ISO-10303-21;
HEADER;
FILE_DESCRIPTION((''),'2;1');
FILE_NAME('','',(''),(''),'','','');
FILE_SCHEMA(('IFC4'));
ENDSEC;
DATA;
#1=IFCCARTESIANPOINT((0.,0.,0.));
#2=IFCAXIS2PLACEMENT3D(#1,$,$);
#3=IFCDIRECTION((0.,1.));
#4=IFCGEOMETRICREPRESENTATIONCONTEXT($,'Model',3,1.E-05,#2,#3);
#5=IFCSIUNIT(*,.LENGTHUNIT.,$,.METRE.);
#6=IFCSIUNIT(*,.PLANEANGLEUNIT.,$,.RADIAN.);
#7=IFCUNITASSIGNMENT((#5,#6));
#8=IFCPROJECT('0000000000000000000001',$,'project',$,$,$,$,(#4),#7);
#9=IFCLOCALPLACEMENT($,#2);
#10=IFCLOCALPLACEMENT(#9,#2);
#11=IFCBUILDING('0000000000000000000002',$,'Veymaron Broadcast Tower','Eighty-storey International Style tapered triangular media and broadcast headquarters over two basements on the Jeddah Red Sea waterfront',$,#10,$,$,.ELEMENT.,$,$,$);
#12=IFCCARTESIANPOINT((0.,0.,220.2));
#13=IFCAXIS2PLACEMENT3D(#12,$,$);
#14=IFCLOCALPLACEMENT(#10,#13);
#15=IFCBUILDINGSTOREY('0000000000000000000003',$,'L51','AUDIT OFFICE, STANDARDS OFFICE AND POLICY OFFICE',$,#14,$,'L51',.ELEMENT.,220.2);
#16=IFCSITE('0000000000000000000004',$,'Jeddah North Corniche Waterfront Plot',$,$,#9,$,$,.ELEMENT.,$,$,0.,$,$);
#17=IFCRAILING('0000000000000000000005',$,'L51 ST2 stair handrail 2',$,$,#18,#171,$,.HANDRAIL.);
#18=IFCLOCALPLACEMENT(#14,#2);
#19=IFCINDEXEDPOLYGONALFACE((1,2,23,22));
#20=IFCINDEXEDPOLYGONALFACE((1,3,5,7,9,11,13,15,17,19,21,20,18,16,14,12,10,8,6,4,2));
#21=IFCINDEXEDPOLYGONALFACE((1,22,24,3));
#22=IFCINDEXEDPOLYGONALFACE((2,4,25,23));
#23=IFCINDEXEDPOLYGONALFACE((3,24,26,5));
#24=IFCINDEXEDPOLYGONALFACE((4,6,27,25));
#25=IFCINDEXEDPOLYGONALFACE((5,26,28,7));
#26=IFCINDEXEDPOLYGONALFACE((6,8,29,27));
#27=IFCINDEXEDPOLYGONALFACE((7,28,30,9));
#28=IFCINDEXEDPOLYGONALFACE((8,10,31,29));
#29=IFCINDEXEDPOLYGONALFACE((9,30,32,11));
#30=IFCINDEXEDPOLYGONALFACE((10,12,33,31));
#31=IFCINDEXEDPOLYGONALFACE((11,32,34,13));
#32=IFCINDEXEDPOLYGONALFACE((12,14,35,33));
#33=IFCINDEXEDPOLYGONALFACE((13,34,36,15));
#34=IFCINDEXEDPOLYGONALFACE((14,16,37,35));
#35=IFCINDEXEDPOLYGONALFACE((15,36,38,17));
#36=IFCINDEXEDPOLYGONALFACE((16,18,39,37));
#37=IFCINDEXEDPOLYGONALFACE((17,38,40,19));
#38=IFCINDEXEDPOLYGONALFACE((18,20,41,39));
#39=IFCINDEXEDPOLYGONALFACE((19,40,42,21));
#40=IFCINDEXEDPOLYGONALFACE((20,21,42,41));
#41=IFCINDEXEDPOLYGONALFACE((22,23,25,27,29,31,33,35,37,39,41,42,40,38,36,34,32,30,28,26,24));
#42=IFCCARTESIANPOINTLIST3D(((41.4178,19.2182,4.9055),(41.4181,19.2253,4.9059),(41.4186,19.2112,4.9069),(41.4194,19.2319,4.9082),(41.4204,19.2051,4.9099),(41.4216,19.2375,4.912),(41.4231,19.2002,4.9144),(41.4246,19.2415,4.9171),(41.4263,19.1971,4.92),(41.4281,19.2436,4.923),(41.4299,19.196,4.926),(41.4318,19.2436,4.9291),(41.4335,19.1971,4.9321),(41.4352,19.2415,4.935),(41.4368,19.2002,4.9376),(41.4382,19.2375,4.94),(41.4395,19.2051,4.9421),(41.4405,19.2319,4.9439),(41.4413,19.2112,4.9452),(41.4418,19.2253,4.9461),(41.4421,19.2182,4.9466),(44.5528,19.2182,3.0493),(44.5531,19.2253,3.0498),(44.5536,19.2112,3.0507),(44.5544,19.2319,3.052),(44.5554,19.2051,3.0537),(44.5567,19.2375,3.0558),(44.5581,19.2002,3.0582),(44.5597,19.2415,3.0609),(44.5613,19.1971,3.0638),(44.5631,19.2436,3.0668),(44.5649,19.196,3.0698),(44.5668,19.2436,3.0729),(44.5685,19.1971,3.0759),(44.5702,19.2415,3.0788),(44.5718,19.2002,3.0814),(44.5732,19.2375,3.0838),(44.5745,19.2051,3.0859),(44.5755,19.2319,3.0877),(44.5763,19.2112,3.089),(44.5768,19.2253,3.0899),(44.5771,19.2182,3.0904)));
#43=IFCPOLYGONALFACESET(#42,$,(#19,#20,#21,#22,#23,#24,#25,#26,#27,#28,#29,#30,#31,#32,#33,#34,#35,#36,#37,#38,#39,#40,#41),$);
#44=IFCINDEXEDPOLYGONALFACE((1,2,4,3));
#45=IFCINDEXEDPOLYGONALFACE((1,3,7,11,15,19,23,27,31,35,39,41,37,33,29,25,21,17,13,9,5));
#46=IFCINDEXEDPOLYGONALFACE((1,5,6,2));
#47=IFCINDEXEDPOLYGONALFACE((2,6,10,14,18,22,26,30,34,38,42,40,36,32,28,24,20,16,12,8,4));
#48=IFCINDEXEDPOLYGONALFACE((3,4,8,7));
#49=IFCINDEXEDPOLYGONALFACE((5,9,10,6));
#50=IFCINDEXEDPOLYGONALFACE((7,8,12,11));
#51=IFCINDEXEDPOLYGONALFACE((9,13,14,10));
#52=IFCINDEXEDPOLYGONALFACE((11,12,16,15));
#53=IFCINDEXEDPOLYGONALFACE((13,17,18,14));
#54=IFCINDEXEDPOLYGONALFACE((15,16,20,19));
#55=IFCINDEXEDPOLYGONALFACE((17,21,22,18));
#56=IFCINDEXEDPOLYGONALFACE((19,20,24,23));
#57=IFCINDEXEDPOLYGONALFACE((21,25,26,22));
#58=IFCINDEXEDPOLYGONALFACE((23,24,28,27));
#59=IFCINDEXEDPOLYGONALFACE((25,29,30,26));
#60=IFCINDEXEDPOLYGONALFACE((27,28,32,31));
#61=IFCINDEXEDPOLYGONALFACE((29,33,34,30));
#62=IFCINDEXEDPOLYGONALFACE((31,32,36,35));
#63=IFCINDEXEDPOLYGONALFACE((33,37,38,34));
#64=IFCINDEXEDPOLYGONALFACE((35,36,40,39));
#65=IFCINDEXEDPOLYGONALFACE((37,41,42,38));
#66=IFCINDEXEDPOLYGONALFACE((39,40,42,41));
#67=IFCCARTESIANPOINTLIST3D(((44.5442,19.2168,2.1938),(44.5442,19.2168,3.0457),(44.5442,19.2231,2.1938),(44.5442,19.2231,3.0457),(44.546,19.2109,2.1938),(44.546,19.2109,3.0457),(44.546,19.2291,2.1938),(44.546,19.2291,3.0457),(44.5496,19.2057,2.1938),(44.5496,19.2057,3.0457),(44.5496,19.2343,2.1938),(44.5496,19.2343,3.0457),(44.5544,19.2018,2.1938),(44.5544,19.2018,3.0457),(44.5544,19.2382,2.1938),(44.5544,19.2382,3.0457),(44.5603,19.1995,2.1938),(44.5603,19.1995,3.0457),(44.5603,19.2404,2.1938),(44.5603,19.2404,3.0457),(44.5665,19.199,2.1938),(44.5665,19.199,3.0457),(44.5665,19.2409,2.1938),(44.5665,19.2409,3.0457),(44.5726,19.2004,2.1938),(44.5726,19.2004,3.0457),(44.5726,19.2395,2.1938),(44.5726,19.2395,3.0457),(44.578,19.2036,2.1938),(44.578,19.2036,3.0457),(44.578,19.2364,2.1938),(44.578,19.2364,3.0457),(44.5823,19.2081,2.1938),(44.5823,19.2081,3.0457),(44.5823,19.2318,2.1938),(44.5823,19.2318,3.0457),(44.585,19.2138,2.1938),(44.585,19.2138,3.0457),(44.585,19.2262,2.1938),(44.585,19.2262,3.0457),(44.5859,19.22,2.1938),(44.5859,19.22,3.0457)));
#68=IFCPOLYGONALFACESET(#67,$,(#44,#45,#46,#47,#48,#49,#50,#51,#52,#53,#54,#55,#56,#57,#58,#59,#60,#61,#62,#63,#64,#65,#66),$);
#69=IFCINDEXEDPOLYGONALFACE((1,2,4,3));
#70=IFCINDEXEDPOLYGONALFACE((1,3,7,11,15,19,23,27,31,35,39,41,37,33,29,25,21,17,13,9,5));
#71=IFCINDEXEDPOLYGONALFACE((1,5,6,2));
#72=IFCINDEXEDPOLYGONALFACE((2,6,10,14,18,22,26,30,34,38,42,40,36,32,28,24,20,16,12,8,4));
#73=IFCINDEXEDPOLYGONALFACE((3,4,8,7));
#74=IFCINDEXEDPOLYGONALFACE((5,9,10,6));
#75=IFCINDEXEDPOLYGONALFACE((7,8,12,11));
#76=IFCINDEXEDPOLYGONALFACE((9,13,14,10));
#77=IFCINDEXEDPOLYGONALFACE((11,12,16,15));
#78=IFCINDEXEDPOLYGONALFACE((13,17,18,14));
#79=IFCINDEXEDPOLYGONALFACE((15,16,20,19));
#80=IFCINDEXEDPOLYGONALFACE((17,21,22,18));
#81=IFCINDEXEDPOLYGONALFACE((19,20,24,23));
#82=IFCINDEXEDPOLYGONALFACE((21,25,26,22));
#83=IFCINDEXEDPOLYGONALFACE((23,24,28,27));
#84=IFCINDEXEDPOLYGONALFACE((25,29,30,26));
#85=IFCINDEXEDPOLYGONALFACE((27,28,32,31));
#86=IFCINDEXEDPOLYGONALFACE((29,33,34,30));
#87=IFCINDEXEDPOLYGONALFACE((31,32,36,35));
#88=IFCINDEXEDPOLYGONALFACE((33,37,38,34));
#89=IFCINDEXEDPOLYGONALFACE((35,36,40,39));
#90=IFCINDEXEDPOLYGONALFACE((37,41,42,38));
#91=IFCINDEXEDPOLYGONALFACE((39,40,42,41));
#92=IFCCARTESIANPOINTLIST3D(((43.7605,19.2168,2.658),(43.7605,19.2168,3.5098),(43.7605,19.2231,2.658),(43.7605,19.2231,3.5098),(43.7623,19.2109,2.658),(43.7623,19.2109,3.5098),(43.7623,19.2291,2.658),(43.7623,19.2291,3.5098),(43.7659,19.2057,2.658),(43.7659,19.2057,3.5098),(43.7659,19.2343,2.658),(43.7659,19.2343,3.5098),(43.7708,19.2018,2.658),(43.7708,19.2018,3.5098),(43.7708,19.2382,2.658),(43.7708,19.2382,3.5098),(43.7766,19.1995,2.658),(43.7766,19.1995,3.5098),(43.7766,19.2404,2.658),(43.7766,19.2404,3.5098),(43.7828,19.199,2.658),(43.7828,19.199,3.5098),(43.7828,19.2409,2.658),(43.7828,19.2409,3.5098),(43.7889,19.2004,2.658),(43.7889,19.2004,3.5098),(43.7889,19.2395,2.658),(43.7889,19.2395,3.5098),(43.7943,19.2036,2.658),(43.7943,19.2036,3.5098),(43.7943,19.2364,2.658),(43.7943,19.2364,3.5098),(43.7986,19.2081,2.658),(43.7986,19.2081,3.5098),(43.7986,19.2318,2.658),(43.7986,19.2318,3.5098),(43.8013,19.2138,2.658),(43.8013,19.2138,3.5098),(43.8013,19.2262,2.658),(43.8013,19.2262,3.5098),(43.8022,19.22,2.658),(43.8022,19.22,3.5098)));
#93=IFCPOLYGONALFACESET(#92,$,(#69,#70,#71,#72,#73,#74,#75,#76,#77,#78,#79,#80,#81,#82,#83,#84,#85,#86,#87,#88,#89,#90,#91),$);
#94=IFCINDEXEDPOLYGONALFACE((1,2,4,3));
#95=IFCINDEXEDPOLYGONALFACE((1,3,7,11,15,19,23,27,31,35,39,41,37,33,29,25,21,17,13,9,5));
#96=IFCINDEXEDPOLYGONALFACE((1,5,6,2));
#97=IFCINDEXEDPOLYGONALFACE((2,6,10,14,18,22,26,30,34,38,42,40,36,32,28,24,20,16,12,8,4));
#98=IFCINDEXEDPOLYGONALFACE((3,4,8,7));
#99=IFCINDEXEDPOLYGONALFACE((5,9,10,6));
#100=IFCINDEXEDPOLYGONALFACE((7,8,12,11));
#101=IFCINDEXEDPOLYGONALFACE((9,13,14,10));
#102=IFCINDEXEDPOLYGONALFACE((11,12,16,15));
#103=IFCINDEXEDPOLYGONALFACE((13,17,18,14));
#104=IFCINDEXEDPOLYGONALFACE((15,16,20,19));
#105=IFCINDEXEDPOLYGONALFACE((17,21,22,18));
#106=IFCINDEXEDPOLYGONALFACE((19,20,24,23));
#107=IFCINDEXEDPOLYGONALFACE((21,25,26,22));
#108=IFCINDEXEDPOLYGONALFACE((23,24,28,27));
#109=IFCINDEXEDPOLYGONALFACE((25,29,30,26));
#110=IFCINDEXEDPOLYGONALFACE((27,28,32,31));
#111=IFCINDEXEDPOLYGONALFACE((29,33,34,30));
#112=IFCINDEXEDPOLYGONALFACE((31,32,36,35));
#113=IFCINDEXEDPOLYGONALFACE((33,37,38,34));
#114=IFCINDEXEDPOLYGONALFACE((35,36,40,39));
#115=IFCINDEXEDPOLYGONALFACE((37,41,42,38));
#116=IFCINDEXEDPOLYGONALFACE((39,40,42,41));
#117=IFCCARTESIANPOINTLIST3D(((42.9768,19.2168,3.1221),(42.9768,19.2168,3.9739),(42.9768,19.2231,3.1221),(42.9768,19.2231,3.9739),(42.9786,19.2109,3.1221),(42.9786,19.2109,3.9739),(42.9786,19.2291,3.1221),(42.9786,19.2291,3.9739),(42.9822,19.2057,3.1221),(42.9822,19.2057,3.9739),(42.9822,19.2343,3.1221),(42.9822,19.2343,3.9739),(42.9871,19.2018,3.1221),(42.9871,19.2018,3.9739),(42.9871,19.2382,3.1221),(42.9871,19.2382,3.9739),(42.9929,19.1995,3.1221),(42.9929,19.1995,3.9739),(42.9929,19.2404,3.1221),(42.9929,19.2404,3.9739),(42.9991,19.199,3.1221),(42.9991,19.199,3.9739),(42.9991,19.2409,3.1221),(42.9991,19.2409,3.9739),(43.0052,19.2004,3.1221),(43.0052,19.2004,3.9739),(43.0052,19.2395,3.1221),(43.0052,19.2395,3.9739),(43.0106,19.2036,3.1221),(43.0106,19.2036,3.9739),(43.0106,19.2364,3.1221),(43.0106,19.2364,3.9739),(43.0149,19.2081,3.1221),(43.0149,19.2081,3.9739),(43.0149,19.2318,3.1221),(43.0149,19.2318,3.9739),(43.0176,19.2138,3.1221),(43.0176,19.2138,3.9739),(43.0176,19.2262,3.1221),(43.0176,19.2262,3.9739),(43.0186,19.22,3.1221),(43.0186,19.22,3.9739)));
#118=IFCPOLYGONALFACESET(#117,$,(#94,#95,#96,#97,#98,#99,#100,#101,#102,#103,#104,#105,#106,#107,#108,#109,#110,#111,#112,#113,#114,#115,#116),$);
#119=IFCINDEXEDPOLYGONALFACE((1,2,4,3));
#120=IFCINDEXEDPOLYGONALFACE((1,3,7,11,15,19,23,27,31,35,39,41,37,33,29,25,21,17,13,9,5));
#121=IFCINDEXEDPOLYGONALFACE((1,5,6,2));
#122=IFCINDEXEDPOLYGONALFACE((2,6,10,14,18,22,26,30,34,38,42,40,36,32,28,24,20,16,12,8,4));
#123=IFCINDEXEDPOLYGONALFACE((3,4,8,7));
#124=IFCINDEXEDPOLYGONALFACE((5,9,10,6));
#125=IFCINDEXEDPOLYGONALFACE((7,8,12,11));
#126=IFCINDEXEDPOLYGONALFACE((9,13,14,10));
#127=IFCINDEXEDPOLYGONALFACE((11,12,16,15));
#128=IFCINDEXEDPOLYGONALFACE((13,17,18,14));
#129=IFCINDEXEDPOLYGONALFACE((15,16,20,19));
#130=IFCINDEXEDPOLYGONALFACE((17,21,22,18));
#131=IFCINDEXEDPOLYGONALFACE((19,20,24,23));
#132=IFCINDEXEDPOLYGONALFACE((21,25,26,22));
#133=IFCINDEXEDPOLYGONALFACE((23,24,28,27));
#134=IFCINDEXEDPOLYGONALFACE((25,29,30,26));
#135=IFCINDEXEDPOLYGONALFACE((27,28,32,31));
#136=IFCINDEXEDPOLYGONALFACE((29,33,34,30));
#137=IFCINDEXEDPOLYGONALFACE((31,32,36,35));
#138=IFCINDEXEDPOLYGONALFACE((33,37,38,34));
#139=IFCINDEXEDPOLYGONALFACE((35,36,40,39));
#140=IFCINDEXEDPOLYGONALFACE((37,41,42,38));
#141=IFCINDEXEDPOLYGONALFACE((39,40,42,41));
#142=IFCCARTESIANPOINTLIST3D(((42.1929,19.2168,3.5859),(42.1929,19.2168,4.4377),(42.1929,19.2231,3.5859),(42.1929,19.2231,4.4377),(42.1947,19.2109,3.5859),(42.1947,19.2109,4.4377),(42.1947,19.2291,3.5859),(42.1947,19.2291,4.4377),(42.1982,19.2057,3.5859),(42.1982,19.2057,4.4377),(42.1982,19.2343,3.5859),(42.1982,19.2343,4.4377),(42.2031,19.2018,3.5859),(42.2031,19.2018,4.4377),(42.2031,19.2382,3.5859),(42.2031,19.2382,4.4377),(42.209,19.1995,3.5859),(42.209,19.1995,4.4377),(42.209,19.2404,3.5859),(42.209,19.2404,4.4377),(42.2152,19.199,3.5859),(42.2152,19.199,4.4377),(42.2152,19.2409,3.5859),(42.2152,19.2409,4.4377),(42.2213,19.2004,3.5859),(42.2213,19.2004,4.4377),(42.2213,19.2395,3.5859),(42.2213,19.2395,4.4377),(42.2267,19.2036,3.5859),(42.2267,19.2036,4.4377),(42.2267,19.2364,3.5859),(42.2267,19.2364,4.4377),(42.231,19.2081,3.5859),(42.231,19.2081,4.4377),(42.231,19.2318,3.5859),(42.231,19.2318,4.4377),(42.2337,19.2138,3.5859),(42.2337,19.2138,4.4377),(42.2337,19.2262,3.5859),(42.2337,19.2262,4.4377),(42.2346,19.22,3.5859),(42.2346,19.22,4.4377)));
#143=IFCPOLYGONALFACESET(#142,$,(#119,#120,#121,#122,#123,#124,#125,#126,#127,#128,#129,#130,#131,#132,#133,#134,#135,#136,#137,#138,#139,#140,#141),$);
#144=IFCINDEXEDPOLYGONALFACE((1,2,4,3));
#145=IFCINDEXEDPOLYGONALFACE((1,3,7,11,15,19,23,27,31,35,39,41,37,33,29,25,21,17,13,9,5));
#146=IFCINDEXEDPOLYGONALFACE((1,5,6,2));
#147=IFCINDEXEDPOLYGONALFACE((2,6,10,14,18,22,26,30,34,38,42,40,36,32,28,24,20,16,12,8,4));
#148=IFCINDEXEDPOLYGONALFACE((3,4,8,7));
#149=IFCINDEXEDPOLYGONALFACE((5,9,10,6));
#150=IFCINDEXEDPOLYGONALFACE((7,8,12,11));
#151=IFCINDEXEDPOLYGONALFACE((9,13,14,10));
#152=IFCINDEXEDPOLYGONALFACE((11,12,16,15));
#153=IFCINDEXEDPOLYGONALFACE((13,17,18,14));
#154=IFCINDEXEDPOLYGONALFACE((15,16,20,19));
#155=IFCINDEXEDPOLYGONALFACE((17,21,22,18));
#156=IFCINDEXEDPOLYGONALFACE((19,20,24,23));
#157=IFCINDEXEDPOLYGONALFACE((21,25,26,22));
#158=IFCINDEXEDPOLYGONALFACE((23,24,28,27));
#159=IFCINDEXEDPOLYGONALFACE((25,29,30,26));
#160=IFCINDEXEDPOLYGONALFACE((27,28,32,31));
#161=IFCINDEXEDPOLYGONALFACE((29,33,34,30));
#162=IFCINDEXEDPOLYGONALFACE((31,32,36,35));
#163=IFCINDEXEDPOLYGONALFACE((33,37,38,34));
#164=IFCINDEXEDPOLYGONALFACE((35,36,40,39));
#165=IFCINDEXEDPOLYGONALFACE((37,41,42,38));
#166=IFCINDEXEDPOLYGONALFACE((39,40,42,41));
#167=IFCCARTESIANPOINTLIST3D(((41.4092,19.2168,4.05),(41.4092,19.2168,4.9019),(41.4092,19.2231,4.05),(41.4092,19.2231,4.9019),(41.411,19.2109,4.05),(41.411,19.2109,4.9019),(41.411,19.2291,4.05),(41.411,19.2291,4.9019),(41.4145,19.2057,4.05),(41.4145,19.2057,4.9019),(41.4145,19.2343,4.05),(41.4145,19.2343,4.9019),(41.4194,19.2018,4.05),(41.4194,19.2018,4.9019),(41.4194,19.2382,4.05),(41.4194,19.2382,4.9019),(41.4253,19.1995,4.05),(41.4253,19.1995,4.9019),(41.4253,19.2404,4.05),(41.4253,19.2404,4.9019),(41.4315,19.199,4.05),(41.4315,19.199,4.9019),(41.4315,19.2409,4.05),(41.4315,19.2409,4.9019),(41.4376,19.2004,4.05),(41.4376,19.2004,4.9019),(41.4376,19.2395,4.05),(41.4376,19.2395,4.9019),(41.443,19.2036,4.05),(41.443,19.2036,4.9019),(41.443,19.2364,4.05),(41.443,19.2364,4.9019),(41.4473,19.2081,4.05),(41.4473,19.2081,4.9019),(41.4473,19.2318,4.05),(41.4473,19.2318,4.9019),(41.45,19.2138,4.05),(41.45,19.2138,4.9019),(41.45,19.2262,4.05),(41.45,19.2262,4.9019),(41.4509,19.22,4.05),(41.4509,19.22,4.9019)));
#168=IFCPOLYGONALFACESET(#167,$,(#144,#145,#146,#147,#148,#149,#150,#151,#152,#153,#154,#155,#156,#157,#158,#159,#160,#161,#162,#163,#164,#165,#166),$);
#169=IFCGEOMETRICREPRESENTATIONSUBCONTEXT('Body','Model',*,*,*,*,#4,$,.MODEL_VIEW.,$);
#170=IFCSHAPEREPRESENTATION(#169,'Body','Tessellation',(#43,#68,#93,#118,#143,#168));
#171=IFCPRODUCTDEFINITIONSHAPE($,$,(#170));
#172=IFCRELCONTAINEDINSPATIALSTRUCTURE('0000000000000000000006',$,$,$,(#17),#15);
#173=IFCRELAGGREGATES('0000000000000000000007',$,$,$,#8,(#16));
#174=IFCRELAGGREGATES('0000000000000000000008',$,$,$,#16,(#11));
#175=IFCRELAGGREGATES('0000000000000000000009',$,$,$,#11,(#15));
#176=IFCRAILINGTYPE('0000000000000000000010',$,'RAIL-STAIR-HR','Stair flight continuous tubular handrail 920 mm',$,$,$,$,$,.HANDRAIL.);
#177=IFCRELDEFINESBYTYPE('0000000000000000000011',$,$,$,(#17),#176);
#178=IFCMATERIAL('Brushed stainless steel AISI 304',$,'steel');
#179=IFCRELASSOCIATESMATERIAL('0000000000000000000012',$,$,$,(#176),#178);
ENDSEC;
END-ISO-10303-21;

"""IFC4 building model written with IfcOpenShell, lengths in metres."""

from ifc_helpers import new_model, si_unit, direction, frame, origin, origin_2d, place, context, subcontext, project, spatial, circle, extrude, material, type_object, element, save


model = new_model("IFC4")

# Units and contexts
model_context = context("Model", 3, precision=1e-05, world=origin(), true_north=direction((0.0, 1.0)))
body_context = subcontext(model_context, "Body", "Model", "MODEL_VIEW")
ifc_project = project(units=[si_unit("LENGTHUNIT", "METRE"), si_unit("PLANEANGLEUNIT", "RADIAN")], contexts=[model_context])

# Site, building, storey
site_placement = place(None, origin())
site = spatial("IfcSite", under=ifc_project, at=site_placement, Name="Jeddah North Corniche Waterfront Plot", CompositionType="ELEMENT", RefElevation=0.0)
building_placement = place(site_placement, origin())
building = spatial("IfcBuilding", under=site, at=building_placement, Name="Veymaron Broadcast Tower", Description="Eighty-storey International Style tapered triangular media and broadcast headquarters over two basements on the Jeddah Red Sea waterfront", CompositionType="ELEMENT")
storey_placement = place(building_placement, frame((0.0, 0.0, 220.2)))
storey = spatial("IfcBuildingStorey", under=building, at=storey_placement, Name="L51", Description="AUDIT OFFICE, STANDARDS OFFICE AND POLICY OFFICE", LongName="L51", CompositionType="ELEMENT", Elevation=220.2)

# Shared definitions
ifc_material_1 = material(Name="Brushed stainless steel AISI 304", Category="steel")

# Railing
railing_type_1 = type_object("IfcRailingType", Name="RAIL-STAIR-HR", Description="Stair flight continuous tubular handrail 920 mm", PredefinedType="HANDRAIL", material=ifc_material_1)
railing_1_placement = place(storey_placement, frame((44.5649, 19.22, 2.1938)))
element("IfcRailing", 1, at=railing_1_placement, inside=storey, type_object=railing_type_1, Name="L51 ST2 stair handrail 2", PredefinedType="HANDRAIL", context=body_context, shape_type="SweptSolid", body=[
    extrude(circle(Radius=0.0239, at=origin_2d()), frame((0.0, 0.0, 0.876), z_axis=(-0.860482, 0.0, 0.509481), x_axis=(0.0, -1.0, 0.0)), (0.0, 0.0, 1.0), 3.6433),
    extrude(circle(Radius=0.021, at=origin_2d()), origin(), (0.0, 0.0, 1.0), 0.8518),
    extrude(circle(Radius=0.021, at=origin_2d()), frame((-0.7837, 0.0, 0.4641)), (0.0, 0.0, 1.0), 0.8518),
    extrude(circle(Radius=0.021, at=origin_2d()), frame((-1.5674, 0.0, 0.9282)), (0.0, 0.0, 1.0), 0.8518),
    extrude(circle(Radius=0.021, at=origin_2d()), frame((-2.3513, 0.0, 1.3921)), (0.0, 0.0, 1.0), 0.8518),
    extrude(circle(Radius=0.021, at=origin_2d()), frame((-3.135, 0.0, 1.8562)), (0.0, 0.0, 1.0), 0.8518),
])

save(model, "model.ifc")
